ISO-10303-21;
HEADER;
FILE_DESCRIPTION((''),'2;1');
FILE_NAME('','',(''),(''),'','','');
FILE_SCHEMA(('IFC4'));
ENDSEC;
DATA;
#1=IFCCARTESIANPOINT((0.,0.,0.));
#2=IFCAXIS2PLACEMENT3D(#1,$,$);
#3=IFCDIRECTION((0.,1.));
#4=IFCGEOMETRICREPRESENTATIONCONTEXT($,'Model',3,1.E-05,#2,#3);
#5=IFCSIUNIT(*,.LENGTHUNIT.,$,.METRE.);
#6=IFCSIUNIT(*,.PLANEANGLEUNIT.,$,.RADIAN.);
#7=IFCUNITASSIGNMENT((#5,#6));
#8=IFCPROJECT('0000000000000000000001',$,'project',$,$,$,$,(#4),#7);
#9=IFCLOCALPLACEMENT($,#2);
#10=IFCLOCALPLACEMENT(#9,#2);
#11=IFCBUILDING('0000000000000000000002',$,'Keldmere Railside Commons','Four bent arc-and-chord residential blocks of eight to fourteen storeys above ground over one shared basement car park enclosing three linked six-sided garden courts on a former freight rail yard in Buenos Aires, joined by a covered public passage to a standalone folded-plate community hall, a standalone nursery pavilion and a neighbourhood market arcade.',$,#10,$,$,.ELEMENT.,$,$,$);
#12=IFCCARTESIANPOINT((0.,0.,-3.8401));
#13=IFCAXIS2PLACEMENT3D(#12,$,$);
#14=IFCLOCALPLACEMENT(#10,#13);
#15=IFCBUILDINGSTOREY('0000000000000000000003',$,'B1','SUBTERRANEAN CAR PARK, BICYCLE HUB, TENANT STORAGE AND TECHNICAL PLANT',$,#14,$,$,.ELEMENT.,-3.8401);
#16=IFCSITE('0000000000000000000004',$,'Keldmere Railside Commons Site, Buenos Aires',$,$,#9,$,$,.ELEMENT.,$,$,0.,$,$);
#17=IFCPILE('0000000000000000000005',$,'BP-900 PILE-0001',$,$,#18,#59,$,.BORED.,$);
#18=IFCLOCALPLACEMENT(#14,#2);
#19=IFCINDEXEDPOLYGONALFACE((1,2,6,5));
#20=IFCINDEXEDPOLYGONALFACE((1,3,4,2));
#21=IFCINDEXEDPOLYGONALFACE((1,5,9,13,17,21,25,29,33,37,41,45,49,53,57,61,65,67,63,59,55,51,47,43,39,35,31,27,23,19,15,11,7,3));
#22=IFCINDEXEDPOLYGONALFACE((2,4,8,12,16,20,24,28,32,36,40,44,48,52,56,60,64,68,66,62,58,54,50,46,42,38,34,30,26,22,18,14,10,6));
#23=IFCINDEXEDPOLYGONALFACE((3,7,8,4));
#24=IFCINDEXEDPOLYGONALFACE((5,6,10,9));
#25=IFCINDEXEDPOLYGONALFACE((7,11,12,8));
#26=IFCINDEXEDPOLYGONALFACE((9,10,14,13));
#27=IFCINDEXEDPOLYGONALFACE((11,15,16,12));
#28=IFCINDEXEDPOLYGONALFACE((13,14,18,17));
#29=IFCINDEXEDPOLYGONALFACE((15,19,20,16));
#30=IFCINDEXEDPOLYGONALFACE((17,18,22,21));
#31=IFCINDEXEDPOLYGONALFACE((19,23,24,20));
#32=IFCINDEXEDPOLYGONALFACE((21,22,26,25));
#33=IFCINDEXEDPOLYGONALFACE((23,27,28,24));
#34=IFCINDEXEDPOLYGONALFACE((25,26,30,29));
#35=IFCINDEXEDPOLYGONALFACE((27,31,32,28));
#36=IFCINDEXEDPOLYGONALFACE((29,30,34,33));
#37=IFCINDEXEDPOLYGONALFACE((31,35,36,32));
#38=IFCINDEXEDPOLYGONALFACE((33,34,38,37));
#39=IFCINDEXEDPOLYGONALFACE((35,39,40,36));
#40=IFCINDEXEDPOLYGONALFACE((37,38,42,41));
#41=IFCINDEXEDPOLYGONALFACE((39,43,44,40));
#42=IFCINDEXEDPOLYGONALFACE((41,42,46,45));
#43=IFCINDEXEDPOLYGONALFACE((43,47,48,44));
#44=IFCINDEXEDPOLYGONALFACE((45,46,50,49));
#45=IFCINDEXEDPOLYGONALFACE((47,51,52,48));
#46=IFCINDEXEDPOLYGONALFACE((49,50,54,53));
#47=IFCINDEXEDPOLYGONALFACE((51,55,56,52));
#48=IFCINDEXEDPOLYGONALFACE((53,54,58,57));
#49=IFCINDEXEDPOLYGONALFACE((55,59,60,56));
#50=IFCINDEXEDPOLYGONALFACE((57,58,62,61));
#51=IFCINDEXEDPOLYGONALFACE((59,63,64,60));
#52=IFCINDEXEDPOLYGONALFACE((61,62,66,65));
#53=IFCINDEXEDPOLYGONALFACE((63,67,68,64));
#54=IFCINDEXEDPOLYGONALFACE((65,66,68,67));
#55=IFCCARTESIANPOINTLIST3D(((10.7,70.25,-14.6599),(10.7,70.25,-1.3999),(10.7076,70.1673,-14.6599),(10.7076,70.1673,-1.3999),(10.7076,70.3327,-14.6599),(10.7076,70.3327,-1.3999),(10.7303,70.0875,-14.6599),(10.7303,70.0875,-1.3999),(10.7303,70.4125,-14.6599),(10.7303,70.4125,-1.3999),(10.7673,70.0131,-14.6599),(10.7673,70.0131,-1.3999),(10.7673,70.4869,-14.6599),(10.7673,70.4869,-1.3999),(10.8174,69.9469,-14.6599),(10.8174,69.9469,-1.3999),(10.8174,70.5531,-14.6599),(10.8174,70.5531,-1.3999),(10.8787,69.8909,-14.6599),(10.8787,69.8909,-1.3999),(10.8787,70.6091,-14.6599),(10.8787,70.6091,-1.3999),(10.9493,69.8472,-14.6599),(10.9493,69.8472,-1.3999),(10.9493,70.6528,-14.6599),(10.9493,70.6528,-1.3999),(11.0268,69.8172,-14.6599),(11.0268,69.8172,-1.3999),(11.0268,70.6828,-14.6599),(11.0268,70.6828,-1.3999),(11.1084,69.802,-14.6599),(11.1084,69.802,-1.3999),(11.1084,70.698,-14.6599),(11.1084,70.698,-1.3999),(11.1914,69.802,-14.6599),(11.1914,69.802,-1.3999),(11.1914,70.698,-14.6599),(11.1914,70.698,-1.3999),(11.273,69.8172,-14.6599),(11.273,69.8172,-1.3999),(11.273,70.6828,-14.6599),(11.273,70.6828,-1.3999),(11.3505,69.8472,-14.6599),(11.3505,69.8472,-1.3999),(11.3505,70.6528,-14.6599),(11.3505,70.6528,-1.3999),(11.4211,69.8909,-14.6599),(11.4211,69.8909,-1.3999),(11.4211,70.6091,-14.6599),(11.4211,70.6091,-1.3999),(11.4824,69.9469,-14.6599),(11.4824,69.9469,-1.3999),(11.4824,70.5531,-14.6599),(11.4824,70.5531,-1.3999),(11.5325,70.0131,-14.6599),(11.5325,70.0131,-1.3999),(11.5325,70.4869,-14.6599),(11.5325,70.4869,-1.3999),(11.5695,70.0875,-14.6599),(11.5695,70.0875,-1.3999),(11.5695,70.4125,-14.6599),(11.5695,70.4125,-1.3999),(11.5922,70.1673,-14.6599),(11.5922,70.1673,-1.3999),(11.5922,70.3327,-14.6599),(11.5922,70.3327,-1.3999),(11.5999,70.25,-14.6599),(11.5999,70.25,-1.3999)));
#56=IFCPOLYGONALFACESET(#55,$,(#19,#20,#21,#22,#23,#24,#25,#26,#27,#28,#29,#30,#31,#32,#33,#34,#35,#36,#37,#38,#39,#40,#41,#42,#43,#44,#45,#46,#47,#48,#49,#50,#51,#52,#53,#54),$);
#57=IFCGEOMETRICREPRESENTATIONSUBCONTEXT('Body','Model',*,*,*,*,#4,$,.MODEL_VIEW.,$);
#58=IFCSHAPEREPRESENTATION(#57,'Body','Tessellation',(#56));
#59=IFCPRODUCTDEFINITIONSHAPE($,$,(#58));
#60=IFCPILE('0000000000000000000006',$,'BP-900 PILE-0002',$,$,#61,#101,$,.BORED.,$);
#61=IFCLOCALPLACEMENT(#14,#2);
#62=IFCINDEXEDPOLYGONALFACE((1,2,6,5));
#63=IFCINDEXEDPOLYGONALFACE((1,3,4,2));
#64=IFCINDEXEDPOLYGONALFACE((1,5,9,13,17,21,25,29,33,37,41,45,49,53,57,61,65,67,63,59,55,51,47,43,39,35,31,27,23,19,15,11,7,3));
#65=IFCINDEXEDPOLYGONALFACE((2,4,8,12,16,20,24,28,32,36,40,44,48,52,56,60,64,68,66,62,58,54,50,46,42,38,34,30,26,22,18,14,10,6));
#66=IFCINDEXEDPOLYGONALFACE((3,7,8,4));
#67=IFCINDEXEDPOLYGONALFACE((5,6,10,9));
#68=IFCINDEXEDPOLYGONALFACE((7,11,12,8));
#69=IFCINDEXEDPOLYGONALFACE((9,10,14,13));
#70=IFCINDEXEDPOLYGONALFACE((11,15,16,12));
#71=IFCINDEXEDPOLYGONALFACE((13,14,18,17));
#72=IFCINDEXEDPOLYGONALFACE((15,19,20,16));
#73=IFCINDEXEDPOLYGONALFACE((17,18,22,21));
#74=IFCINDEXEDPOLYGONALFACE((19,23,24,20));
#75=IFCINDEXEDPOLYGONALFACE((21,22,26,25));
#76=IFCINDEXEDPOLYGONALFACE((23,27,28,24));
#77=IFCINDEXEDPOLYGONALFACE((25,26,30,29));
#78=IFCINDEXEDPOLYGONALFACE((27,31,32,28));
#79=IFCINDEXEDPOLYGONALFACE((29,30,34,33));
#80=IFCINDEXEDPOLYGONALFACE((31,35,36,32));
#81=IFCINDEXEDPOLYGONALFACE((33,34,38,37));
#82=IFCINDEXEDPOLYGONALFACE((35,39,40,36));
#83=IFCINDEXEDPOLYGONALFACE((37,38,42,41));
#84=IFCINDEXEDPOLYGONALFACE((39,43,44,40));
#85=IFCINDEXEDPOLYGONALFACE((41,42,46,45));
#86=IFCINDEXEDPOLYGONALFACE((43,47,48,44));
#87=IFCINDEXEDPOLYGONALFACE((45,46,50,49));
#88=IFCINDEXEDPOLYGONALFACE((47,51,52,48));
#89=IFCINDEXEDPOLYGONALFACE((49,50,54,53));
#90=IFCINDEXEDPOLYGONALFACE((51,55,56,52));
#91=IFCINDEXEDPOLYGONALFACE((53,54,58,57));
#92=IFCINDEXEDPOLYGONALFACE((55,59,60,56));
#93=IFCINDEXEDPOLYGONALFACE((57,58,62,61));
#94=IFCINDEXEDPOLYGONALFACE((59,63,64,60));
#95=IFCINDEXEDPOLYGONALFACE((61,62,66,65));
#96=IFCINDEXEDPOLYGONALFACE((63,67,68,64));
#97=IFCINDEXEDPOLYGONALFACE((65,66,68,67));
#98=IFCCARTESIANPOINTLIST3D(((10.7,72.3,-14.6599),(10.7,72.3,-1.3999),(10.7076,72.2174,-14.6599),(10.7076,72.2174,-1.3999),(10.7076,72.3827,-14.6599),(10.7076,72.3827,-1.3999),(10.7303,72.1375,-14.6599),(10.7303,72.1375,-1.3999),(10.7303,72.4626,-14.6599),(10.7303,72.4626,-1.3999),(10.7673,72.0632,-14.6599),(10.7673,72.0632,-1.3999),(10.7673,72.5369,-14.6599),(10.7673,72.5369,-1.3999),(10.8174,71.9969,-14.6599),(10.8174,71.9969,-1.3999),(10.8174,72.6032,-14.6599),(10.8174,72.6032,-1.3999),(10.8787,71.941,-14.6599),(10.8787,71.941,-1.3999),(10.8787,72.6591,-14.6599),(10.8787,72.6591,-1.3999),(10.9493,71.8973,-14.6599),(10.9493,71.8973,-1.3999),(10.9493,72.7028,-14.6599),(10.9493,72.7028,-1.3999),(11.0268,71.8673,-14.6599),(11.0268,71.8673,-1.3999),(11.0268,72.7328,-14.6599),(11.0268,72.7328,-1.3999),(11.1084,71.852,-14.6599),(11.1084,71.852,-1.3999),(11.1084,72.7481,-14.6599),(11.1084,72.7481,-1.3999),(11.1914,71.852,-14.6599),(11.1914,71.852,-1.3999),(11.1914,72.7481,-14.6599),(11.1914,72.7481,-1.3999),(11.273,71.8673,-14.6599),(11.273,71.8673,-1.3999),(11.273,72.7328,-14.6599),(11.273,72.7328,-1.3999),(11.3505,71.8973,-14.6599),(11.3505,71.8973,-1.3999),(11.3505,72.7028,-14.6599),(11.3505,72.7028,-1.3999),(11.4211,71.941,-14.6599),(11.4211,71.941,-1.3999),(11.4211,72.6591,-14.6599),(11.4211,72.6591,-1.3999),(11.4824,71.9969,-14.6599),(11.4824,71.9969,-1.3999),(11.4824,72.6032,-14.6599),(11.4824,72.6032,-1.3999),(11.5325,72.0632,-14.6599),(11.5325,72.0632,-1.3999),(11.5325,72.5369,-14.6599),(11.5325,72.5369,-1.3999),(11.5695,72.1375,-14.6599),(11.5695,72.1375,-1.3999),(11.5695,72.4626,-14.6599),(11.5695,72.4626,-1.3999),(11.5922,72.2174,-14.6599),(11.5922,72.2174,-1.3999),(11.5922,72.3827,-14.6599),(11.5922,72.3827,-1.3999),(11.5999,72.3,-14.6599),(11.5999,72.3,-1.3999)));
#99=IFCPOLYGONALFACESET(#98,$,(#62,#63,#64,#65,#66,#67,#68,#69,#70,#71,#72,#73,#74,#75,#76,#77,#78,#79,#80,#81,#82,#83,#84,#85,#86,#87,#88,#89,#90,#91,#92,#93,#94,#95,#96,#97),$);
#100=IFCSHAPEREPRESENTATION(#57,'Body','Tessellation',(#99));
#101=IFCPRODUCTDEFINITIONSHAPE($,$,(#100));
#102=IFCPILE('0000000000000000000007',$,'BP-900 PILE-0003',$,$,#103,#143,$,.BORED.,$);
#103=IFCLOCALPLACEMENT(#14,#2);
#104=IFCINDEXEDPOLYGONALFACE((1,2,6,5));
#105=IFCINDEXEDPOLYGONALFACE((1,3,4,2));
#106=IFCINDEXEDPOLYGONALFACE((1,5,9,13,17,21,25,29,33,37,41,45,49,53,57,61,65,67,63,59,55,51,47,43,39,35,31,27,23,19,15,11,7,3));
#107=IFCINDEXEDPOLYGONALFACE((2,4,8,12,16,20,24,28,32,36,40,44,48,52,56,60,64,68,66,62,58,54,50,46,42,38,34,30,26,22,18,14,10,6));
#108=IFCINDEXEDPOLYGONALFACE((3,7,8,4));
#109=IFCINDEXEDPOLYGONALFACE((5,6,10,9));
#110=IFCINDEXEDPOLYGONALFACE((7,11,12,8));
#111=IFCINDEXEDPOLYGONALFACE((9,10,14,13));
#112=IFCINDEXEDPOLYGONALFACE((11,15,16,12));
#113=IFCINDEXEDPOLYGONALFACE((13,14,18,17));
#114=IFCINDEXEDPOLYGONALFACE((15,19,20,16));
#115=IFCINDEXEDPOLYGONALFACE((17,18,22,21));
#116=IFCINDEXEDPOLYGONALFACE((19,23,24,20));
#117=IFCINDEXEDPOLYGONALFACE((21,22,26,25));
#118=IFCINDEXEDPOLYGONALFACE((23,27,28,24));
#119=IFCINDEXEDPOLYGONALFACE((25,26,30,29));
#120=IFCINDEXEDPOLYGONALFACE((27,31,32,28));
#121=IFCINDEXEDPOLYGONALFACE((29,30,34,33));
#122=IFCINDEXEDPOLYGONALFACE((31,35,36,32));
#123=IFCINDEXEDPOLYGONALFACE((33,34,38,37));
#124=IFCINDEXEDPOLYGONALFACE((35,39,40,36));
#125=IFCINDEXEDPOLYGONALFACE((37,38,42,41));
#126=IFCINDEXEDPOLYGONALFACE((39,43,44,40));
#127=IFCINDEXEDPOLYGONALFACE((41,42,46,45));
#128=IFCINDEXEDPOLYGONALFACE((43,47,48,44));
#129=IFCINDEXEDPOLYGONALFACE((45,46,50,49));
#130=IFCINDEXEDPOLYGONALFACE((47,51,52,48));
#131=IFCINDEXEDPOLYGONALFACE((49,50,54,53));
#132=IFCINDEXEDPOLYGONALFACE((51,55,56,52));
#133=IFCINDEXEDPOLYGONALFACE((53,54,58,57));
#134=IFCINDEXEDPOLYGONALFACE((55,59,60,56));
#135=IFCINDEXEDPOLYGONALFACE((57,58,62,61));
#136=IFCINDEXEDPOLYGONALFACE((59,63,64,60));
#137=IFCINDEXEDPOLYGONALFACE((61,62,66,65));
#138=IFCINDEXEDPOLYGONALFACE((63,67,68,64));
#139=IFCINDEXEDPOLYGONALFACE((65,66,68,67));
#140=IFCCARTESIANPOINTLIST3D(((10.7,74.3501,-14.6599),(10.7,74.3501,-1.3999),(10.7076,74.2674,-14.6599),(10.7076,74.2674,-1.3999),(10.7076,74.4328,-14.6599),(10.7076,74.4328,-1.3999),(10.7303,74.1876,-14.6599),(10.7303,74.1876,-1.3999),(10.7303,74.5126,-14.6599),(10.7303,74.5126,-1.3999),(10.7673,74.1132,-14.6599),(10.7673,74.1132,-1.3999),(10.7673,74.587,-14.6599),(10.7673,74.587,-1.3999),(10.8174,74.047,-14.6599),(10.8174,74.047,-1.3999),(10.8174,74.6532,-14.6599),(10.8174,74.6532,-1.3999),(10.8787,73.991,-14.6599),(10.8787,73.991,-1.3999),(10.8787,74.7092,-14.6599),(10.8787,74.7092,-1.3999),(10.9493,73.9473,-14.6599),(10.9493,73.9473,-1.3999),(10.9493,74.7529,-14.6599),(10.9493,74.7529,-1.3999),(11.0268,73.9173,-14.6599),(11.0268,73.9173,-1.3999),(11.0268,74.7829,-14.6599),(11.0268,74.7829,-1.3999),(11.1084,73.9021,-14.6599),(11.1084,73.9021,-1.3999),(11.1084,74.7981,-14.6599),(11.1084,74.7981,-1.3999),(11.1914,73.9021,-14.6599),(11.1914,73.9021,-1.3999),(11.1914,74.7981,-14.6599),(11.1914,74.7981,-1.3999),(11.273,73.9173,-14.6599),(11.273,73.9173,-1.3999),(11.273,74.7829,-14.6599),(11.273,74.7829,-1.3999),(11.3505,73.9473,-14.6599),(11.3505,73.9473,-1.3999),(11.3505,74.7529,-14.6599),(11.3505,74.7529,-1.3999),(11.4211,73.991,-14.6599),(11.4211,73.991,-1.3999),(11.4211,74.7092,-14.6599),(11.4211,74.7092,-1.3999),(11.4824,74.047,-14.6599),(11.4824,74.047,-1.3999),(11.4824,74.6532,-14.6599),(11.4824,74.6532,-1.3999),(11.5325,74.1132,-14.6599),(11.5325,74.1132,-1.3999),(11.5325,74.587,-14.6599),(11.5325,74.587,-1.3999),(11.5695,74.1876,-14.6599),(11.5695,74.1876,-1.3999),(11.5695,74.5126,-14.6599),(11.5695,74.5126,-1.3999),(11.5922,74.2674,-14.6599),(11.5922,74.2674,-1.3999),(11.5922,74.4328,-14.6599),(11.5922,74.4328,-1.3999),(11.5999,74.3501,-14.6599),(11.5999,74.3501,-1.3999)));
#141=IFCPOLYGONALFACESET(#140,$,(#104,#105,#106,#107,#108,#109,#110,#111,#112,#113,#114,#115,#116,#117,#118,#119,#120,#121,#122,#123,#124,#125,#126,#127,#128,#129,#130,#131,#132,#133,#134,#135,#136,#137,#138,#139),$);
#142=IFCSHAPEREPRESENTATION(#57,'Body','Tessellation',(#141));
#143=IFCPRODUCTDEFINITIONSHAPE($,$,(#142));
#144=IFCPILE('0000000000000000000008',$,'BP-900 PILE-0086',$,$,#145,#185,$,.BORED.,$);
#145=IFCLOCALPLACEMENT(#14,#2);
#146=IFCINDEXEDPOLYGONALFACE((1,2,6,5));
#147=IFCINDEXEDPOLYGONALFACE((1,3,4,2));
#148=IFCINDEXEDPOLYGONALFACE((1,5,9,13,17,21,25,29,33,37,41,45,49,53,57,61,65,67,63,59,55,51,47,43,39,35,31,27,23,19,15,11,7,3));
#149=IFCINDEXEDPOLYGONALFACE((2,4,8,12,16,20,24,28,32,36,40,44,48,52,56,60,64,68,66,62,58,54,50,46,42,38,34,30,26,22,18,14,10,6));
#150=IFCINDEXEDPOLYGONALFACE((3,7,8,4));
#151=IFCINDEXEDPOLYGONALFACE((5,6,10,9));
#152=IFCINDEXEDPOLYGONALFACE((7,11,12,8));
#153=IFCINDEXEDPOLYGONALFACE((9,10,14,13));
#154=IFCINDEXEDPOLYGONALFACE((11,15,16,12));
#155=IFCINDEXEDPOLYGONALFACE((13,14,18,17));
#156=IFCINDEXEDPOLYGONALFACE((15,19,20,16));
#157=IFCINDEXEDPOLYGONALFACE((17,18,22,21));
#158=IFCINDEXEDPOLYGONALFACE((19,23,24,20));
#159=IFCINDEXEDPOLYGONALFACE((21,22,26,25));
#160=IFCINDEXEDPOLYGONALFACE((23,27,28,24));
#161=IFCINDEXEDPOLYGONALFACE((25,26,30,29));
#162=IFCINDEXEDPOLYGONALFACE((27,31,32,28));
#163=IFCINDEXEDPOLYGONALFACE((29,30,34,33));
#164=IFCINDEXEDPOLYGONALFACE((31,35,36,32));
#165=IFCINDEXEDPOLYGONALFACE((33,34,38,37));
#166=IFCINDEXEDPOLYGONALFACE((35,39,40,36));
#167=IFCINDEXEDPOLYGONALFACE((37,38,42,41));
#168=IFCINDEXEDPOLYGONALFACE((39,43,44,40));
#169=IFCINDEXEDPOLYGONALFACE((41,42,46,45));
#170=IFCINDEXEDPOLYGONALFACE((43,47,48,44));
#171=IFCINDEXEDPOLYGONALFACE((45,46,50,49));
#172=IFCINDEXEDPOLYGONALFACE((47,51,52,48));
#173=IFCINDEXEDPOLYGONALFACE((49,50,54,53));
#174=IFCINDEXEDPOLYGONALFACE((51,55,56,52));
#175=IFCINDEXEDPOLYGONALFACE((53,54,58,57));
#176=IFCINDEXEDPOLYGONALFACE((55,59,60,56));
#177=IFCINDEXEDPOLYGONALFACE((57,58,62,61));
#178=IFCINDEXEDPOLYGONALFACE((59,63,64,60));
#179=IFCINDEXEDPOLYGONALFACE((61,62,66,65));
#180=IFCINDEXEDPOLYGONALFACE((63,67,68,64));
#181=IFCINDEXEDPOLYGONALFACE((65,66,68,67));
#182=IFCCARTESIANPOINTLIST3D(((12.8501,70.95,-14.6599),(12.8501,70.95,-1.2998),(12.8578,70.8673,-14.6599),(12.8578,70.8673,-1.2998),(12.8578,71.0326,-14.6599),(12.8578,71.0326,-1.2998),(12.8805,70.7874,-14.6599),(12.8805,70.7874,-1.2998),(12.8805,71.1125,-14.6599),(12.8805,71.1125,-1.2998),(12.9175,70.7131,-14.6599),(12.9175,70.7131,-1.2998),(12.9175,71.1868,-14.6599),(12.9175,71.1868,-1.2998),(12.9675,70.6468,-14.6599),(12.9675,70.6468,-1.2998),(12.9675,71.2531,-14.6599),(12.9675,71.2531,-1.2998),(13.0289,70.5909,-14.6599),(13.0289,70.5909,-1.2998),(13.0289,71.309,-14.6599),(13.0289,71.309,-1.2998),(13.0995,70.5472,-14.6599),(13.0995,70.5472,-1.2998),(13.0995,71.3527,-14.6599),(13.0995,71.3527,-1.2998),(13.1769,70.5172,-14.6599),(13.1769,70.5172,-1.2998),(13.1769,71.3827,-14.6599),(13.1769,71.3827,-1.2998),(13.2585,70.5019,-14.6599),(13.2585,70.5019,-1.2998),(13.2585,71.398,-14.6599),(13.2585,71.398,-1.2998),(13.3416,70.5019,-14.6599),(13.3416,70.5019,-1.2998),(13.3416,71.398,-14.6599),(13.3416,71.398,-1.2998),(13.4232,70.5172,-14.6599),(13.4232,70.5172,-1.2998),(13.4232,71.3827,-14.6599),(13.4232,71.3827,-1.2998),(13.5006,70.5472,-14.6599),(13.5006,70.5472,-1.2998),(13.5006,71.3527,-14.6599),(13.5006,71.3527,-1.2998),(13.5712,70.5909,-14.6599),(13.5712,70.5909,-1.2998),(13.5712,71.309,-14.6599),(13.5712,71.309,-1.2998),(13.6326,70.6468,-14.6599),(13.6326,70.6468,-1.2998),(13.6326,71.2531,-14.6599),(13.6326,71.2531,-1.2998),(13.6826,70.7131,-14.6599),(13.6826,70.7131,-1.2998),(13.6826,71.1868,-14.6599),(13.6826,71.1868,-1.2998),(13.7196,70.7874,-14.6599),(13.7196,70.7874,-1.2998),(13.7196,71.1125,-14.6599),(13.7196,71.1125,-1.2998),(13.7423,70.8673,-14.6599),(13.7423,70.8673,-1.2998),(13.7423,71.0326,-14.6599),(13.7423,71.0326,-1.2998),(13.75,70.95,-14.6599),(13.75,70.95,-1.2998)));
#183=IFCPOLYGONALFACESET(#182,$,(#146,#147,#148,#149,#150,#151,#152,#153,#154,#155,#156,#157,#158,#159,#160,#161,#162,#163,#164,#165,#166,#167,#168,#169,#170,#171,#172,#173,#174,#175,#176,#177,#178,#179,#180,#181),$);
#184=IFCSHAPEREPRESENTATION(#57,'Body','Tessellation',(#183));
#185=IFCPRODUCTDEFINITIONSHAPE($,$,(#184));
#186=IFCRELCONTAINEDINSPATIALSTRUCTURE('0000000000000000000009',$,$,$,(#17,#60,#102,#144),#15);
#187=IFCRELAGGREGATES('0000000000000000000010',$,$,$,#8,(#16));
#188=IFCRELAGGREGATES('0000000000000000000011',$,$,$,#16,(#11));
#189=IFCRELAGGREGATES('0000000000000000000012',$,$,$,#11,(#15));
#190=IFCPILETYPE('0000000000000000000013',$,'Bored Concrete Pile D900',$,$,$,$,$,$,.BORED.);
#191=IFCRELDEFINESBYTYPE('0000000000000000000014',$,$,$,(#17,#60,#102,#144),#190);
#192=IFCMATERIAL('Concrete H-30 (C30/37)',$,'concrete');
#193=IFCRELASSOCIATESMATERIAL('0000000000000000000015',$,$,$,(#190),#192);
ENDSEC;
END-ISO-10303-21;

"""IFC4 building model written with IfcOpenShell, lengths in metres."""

from ifc_helpers import new_model, si_unit, direction, frame, origin, origin_2d, place, context, subcontext, project, spatial, circle, extrude, material, material_profile, profile_set, type_object, element, save


model = new_model("IFC4")

# Units and contexts
model_context = context("Model", 3, precision=1e-05, world=origin(), true_north=direction((0.0, 1.0)))
body_context = subcontext(model_context, "Body", "Model", "MODEL_VIEW")
ifc_project = project(units=[si_unit("LENGTHUNIT", "METRE"), si_unit("PLANEANGLEUNIT", "RADIAN")], contexts=[model_context])

# Site, building, storey
site_placement = place(None, origin())
site = spatial("IfcSite", under=ifc_project, at=site_placement, Name="Keldmere Railside Commons Site, Buenos Aires", CompositionType="ELEMENT", RefElevation=0.0)
building_placement = place(site_placement, origin())
building = spatial("IfcBuilding", under=site, at=building_placement, Name="Keldmere Railside Commons", Description="Four bent arc-and-chord residential blocks of eight to fourteen storeys above ground over one shared basement car park enclosing three linked six-sided garden courts on a former freight rail yard in Buenos Aires, joined by a covered public passage to a standalone folded-plate community hall, a standalone nursery pavilion and a neighbourhood market arcade.", CompositionType="ELEMENT")
storey_placement = place(building_placement, frame((0.0, 0.0, -3.8401)))
storey = spatial("IfcBuildingStorey", under=building, at=storey_placement, Name="B1", Description="SUBTERRANEAN CAR PARK, BICYCLE HUB, TENANT STORAGE AND TECHNICAL PLANT", CompositionType="ELEMENT", Elevation=-3.8401)

# Piles
ifc_material_1 = material(Name="Concrete H-30 (C30/37)", Category="concrete")
ifc_material_profile_1 = material_profile(ifc_material_1, circle(Radius=0.45, at=origin_2d()), Name="PILE-D900")
ifc_profile_set_1 = profile_set([ifc_material_profile_1], Name="Concrete H-30 (C30/37)")
pile_type = type_object("IfcPileType", Name="Bored Concrete Pile D900", PredefinedType="BORED", material=ifc_profile_set_1)
for number, where, z_axis, x_axis, name in (
    (1, (11.1499, 70.25, -1.3999), (0.0, 0.0, -1.0), (1.0, 0.0, 0.0), "BP-900 PILE-0001"),
    (2, (11.1499, 72.3, -1.3999), (0.0, 0.0, -1.0), (1.0, 0.0, 0.0), "BP-900 PILE-0002"),
    (3, (11.1499, 74.3501, -1.3999), (0.0, 0.0, -1.0), (1.0, 0.0, 0.0), "BP-900 PILE-0003"),
):
    element("IfcPile", number, at=place(storey_placement, frame(where, z_axis=z_axis, x_axis=x_axis)), inside=storey, type_object=pile_type, Name=name, PredefinedType="BORED", context=body_context, shape_type="SweptSolid", body=[
        extrude(circle(Radius=0.45, at=origin_2d()), origin(), (0.0, 0.0, 1.0), 13.26),
    ])
for number, where, z_axis, x_axis, name in (
    (4, (13.3, 70.95, -1.2998), (0.0, 0.0, -1.0), (1.0, 0.0, 0.0), "BP-900 PILE-0086"),
):
    element("IfcPile", number, at=place(storey_placement, frame(where, z_axis=z_axis, x_axis=x_axis)), inside=storey, type_object=pile_type, Name=name, PredefinedType="BORED", context=body_context, shape_type="SweptSolid", body=[
        extrude(circle(Radius=0.45, at=origin_2d()), origin(), (0.0, 0.0, 1.0), 13.3601),
    ])

save(model, "model.ifc")
